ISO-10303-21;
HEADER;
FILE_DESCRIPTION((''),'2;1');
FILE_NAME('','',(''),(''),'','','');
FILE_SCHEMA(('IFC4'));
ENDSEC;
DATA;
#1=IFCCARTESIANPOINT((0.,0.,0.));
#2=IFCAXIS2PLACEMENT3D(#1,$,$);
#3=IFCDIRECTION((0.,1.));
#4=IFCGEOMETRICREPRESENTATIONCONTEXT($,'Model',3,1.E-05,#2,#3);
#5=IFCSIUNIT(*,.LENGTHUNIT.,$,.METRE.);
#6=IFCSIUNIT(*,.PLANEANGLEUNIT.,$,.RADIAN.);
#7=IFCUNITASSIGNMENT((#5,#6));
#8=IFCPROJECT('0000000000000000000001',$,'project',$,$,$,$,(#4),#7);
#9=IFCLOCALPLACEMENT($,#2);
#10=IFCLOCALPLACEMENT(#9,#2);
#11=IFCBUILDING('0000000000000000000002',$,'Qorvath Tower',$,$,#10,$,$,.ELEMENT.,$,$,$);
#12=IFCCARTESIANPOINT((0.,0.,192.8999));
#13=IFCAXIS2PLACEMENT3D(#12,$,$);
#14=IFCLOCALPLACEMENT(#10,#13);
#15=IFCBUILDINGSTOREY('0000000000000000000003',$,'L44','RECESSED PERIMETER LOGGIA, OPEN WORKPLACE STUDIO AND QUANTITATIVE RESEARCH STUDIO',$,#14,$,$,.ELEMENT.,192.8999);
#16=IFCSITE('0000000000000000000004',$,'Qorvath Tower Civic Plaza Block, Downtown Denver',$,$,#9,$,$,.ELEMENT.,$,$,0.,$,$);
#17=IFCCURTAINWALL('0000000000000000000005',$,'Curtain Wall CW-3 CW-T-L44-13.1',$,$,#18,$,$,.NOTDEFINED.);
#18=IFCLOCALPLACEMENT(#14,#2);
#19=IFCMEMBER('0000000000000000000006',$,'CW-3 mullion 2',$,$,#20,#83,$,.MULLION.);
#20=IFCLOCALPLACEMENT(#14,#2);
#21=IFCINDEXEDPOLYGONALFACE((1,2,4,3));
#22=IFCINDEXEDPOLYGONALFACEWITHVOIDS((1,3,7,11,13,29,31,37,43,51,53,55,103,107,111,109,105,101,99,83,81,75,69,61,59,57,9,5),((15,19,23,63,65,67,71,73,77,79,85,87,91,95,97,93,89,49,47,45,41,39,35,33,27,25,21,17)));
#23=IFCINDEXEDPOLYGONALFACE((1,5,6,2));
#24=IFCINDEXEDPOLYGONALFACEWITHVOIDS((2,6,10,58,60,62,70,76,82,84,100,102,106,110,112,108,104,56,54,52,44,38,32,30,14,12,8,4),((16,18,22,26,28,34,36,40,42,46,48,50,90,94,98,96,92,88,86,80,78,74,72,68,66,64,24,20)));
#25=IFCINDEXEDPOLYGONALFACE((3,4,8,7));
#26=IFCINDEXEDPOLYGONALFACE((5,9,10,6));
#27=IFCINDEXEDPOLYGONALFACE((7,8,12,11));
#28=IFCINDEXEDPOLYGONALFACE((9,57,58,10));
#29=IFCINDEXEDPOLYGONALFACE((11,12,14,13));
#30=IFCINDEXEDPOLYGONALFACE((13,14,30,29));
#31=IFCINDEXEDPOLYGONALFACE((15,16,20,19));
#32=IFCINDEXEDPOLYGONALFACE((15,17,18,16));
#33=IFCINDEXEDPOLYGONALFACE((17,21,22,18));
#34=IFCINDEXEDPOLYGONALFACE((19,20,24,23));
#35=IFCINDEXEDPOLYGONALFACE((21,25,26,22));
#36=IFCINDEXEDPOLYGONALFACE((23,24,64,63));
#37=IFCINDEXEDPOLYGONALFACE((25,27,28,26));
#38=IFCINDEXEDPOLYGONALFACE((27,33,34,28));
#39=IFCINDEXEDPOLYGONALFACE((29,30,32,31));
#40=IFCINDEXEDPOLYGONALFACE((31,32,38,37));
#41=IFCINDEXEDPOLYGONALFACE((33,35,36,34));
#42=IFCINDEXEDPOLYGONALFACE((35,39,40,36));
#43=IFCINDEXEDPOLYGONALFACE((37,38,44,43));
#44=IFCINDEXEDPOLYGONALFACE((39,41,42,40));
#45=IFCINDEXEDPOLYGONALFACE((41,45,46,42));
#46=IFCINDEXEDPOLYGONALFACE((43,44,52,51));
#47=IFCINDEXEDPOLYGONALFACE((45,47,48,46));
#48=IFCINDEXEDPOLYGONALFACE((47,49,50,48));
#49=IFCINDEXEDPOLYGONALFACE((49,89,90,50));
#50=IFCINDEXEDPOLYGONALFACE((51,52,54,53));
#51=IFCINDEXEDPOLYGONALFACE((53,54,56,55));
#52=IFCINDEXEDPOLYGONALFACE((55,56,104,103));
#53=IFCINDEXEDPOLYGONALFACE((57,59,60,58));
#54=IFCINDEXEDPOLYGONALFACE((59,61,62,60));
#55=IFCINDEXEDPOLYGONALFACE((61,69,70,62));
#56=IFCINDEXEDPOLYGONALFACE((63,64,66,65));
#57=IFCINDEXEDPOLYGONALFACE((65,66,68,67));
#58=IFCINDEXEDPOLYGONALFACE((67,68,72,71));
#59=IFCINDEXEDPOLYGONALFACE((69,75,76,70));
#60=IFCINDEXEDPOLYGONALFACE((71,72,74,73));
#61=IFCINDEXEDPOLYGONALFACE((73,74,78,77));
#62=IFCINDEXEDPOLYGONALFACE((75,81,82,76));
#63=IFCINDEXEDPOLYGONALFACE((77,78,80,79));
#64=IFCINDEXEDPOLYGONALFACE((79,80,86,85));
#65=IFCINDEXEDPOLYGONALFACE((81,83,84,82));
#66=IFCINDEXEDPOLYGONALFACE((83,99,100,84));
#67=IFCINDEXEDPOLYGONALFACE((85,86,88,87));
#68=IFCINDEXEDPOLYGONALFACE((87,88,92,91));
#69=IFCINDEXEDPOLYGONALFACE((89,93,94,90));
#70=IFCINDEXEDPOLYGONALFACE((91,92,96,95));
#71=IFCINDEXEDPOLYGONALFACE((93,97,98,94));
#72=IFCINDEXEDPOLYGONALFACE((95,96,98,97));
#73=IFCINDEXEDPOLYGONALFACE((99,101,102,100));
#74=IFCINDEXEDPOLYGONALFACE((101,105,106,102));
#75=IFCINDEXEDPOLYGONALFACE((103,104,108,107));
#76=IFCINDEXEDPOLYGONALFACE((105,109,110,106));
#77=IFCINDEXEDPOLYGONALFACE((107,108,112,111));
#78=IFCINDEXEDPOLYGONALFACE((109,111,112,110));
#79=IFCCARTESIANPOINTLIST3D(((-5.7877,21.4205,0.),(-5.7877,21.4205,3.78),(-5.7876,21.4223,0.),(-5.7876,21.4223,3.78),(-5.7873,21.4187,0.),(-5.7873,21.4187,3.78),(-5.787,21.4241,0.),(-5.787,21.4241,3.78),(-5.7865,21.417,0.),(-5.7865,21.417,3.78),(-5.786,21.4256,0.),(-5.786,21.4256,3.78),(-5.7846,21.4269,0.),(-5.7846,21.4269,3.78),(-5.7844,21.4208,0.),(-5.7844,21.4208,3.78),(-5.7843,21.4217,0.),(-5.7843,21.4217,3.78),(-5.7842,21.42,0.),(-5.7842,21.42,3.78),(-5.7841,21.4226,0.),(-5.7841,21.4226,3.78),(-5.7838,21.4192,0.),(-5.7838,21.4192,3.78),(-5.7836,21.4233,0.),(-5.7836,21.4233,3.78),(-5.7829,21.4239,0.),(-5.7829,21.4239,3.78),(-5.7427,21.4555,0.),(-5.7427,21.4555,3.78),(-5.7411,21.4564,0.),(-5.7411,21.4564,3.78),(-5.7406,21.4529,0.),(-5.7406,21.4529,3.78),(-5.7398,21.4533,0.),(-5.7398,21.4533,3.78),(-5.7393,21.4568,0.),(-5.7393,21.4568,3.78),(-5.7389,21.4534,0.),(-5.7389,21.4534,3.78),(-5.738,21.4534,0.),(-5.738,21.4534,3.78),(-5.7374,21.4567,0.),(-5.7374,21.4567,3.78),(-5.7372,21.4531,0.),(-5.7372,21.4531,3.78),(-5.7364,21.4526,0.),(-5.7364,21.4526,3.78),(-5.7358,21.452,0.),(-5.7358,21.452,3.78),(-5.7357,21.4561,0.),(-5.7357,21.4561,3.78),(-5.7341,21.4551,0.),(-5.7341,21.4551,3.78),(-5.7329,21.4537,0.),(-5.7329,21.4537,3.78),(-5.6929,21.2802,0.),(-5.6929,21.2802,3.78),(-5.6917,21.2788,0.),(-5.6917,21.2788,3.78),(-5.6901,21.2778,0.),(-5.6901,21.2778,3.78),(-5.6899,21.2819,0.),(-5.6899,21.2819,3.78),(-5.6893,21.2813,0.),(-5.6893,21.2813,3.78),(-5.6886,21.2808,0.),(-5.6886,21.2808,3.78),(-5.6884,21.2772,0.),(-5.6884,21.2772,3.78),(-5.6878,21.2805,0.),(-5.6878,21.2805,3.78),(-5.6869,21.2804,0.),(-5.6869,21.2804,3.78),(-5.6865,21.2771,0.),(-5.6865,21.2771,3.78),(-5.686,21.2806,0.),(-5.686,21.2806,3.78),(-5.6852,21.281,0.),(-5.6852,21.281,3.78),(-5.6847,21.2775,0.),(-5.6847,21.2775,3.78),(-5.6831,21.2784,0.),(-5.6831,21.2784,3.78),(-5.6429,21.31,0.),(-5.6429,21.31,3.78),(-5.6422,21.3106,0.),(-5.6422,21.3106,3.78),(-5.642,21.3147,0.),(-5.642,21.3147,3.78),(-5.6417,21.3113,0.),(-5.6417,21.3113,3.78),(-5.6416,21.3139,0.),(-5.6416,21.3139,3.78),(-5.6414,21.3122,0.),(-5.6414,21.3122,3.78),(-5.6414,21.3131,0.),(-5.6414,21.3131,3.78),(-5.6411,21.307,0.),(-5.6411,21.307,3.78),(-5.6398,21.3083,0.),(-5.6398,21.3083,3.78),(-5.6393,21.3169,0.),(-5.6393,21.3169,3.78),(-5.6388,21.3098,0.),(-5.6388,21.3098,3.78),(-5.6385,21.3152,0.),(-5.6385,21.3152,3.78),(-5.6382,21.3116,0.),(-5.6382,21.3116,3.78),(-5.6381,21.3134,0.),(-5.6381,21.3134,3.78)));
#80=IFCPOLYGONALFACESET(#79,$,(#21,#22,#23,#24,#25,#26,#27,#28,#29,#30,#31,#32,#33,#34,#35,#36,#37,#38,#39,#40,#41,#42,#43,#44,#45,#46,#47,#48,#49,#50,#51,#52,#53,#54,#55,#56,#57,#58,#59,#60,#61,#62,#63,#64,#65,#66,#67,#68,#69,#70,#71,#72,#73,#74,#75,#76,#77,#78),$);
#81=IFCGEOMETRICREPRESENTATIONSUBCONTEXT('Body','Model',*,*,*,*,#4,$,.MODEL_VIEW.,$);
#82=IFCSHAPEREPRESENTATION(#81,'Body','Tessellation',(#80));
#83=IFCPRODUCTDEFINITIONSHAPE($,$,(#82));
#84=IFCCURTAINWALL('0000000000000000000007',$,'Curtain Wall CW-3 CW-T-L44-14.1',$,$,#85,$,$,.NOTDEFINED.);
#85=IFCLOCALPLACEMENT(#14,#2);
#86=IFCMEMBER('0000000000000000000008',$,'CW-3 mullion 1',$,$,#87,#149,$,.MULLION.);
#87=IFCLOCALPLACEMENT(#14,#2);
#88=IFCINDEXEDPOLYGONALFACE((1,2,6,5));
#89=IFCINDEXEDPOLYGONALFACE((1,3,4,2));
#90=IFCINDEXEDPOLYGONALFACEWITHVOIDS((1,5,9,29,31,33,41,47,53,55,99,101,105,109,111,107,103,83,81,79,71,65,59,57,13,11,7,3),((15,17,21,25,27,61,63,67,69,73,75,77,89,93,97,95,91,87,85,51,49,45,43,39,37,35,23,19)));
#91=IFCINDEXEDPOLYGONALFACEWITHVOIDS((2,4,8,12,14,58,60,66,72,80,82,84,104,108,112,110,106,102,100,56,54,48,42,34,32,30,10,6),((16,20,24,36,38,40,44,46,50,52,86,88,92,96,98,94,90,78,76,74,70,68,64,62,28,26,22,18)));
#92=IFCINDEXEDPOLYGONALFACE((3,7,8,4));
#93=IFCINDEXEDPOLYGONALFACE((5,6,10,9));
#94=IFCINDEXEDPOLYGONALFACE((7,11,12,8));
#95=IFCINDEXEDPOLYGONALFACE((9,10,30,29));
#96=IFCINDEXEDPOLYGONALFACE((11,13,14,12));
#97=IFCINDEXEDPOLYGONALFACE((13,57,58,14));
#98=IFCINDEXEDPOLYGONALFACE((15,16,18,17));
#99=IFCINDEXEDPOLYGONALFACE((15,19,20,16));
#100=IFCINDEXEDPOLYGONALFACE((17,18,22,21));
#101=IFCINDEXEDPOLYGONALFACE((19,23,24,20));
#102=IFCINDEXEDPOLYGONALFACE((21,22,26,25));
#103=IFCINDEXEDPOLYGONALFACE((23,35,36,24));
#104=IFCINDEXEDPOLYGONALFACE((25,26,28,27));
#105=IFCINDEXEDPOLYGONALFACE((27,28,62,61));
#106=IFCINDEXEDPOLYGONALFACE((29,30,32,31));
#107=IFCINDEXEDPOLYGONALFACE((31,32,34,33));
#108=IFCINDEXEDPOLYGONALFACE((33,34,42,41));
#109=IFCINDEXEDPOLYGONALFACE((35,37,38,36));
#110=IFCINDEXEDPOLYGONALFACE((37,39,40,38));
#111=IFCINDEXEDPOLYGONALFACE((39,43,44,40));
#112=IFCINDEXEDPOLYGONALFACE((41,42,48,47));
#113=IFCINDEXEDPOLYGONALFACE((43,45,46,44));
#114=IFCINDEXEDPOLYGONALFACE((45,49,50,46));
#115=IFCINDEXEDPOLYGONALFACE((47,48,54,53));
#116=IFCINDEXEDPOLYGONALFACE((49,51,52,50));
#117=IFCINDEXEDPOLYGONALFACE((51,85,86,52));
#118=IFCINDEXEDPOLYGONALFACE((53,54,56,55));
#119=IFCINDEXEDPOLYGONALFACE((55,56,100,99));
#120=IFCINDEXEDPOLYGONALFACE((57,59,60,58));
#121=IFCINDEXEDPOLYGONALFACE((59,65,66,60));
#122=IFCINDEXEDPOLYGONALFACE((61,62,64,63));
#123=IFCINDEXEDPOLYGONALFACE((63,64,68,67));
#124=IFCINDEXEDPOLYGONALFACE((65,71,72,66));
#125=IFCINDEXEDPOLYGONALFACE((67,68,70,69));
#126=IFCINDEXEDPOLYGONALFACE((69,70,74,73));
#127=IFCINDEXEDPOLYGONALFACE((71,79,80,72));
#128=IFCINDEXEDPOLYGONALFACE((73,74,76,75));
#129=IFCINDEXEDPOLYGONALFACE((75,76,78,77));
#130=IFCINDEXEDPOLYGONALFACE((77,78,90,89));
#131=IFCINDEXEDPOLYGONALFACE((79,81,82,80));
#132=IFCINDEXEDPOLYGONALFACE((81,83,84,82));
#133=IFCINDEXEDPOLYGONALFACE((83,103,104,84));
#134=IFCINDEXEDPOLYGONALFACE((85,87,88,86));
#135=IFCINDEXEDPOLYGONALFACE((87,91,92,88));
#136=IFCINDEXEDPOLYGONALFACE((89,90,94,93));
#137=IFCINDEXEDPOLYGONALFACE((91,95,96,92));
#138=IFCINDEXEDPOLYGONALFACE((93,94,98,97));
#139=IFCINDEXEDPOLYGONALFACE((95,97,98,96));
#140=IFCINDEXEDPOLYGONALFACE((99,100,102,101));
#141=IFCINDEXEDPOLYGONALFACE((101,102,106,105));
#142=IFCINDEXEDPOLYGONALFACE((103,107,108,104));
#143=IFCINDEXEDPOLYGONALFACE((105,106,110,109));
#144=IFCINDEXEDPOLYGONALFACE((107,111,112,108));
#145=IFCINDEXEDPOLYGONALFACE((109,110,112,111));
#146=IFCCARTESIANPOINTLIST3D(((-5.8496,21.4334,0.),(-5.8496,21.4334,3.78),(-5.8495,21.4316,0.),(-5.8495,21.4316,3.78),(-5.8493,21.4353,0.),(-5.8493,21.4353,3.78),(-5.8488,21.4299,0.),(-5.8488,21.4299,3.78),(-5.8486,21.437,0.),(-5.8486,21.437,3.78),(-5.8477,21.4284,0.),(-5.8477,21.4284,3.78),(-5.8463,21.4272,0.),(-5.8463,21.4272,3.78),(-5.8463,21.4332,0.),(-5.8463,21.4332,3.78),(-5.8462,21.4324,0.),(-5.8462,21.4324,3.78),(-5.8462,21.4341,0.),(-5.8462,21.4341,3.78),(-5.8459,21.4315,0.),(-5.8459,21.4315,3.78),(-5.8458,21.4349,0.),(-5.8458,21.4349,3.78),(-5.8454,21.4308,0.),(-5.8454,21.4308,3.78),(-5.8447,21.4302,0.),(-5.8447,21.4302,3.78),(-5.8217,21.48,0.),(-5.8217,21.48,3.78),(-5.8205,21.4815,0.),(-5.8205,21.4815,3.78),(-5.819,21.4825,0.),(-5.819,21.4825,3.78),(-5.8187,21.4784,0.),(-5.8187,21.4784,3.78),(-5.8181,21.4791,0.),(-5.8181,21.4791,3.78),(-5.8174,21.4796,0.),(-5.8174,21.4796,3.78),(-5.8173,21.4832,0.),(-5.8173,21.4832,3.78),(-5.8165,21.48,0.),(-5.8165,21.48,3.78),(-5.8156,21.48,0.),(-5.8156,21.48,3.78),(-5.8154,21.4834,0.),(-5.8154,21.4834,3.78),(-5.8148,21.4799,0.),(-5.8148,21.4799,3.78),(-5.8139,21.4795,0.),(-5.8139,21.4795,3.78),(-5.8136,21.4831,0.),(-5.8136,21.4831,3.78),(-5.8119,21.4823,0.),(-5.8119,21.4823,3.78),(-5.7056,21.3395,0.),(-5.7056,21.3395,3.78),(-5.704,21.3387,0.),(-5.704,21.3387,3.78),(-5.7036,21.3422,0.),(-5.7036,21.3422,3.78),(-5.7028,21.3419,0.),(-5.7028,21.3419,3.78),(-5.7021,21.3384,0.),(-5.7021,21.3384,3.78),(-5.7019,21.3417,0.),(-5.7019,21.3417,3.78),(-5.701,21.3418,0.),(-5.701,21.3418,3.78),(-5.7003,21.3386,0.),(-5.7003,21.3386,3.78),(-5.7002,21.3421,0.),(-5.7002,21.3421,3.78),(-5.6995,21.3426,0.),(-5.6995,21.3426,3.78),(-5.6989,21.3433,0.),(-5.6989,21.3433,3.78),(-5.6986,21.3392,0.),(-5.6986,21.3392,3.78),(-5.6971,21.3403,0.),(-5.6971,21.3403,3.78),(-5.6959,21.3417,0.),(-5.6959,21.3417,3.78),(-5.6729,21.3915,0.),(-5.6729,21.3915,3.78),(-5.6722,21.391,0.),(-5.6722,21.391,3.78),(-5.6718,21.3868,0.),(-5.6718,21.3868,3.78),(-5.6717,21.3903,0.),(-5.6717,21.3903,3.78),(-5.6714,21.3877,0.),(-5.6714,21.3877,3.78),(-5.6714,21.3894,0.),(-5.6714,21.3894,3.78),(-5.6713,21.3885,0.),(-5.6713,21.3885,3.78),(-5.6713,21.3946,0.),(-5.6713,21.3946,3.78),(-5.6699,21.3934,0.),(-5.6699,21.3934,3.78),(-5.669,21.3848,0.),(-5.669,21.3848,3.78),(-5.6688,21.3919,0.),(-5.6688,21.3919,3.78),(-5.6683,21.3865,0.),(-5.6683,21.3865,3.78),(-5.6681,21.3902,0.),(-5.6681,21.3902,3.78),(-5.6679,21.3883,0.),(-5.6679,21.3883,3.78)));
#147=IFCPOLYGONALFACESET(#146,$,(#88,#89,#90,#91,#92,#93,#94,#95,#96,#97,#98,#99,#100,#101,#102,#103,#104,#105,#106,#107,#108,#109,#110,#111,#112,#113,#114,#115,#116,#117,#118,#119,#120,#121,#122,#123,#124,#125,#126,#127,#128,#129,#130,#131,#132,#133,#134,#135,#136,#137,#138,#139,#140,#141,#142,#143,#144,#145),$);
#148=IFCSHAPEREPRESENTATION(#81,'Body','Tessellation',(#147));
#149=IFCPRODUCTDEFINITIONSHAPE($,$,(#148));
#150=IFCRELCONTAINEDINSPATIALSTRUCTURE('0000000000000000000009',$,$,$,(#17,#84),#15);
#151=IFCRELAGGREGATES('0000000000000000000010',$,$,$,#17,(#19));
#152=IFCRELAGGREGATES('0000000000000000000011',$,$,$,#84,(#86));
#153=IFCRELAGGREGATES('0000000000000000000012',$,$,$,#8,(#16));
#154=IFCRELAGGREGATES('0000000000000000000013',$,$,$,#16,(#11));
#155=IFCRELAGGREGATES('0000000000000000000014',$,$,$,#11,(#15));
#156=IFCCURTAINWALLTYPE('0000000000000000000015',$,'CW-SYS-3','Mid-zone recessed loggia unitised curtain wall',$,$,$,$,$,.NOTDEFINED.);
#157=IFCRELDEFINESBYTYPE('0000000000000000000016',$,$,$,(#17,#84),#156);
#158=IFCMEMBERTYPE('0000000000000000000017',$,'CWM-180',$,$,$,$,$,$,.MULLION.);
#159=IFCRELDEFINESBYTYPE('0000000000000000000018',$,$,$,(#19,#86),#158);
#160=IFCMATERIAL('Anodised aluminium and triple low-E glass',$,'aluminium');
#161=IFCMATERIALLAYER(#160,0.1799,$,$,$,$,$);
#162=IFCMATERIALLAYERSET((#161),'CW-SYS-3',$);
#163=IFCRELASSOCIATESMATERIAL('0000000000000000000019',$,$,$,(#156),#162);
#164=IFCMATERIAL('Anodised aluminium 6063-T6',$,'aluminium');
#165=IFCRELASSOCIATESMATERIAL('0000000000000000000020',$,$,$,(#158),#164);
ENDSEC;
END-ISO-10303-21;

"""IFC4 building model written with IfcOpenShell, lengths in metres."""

from ifc_helpers import new_model, si_unit, direction, frame, origin, origin_2d, place, context, subcontext, project, spatial, hollow_rectangle, extrude, material, layer, layer_set, material_profile, profile_set, type_object, element, aggregate, save


model = new_model("IFC4")

# Units and contexts
model_context = context("Model", 3, precision=1e-05, world=origin(), true_north=direction((0.0, 1.0)))
body_context = subcontext(model_context, "Body", "Model", "MODEL_VIEW")
ifc_project = project(units=[si_unit("LENGTHUNIT", "METRE"), si_unit("PLANEANGLEUNIT", "RADIAN")], contexts=[model_context])

# Site, building, storey
site_placement = place(None, origin())
site = spatial("IfcSite", under=ifc_project, at=site_placement, Name="Qorvath Tower Civic Plaza Block, Downtown Denver", CompositionType="ELEMENT", RefElevation=0.0)
building_placement = place(site_placement, origin())
building = spatial("IfcBuilding", under=site, at=building_placement, Name="Qorvath Tower", CompositionType="ELEMENT")
storey_placement = place(building_placement, frame((0.0, 0.0, 192.8999)))
storey = spatial("IfcBuildingStorey", under=building, at=storey_placement, Name="L44", Description="RECESSED PERIMETER LOGGIA, OPEN WORKPLACE STUDIO AND QUANTITATIVE RESEARCH STUDIO", CompositionType="ELEMENT", Elevation=192.8999)

# Shared definitions
ifc_material_1 = material(Name="Anodised aluminium and triple low-E glass", Category="aluminium")
ifc_layer_1 = layer(ifc_material_1, 0.1799)
ifc_layer_set_1 = layer_set([ifc_layer_1], Name="CW-SYS-3")
curtain_wall_type = type_object("IfcCurtainWallType", Name="CW-SYS-3", Description="Mid-zone recessed loggia unitised curtain wall", PredefinedType="NOTDEFINED", material=ifc_layer_set_1)
ifc_material_2 = material(Name="Anodised aluminium 6063-T6", Category="aluminium")
ifc_material_profile_1 = material_profile(ifc_material_2, hollow_rectangle(XDim=0.0649, YDim=0.1799, WallThickness=0.0034, InnerFilletRadius=0.0034, OuterFilletRadius=0.0071, at=origin_2d()), Name="CWM 180x65")
ifc_profile_set_1 = profile_set([ifc_material_profile_1], Name="Anodised aluminium 6063-T6")
member_type_1 = type_object("IfcMemberType", Name="CWM-180", PredefinedType="MULLION", material=ifc_profile_set_1)

# Curtain walls, members
curtain_wall_1_placement = place(storey_placement, origin())
curtain_wall_1 = element("IfcCurtainWall", 1, at=curtain_wall_1_placement, inside=storey, type_object=curtain_wall_type, Name="Curtain Wall CW-3 CW-T-L44-13.1", PredefinedType="NOTDEFINED")
member_1_placement = place(storey_placement, frame((-5.7129, 21.3669, 0.0), z_axis=(0.0, 0.0, 1.0), x_axis=(-0.825425, -0.564512, 0.0)))
member_1 = element("IfcMember", 2, at=member_1_placement, type_object=member_type_1, Name="CW-3 mullion 2", PredefinedType="MULLION", context=body_context, shape_type="SweptSolid", body=[
    extrude(hollow_rectangle(XDim=0.0649, YDim=0.1799, WallThickness=0.0034, InnerFilletRadius=0.0034, OuterFilletRadius=0.0071, at=origin_2d()), origin(), (0.0, 0.0, 1.0), 3.78),
])
curtain_wall_2_placement = place(storey_placement, origin())
curtain_wall_2 = element("IfcCurtainWall", 3, at=curtain_wall_2_placement, inside=storey, type_object=curtain_wall_type, Name="Curtain Wall CW-3 CW-T-L44-14.1", PredefinedType="NOTDEFINED")
member_2_placement = place(storey_placement, frame((-5.7588, 21.4109, 0.0), z_axis=(0.0, 0.0, 1.0), x_axis=(-0.529206, -0.848493, 0.0)))
member_2 = element("IfcMember", 4, at=member_2_placement, type_object=member_type_1, Name="CW-3 mullion 1", PredefinedType="MULLION", context=body_context, shape_type="SweptSolid", body=[
    extrude(hollow_rectangle(XDim=0.0649, YDim=0.1799, WallThickness=0.0034, InnerFilletRadius=0.0034, OuterFilletRadius=0.0071, at=origin_2d()), origin(), (0.0, 0.0, 1.0), 3.78),
])

aggregate(curtain_wall_1, [member_1])
aggregate(curtain_wall_2, [member_2])

save(model, "model.ifc")
